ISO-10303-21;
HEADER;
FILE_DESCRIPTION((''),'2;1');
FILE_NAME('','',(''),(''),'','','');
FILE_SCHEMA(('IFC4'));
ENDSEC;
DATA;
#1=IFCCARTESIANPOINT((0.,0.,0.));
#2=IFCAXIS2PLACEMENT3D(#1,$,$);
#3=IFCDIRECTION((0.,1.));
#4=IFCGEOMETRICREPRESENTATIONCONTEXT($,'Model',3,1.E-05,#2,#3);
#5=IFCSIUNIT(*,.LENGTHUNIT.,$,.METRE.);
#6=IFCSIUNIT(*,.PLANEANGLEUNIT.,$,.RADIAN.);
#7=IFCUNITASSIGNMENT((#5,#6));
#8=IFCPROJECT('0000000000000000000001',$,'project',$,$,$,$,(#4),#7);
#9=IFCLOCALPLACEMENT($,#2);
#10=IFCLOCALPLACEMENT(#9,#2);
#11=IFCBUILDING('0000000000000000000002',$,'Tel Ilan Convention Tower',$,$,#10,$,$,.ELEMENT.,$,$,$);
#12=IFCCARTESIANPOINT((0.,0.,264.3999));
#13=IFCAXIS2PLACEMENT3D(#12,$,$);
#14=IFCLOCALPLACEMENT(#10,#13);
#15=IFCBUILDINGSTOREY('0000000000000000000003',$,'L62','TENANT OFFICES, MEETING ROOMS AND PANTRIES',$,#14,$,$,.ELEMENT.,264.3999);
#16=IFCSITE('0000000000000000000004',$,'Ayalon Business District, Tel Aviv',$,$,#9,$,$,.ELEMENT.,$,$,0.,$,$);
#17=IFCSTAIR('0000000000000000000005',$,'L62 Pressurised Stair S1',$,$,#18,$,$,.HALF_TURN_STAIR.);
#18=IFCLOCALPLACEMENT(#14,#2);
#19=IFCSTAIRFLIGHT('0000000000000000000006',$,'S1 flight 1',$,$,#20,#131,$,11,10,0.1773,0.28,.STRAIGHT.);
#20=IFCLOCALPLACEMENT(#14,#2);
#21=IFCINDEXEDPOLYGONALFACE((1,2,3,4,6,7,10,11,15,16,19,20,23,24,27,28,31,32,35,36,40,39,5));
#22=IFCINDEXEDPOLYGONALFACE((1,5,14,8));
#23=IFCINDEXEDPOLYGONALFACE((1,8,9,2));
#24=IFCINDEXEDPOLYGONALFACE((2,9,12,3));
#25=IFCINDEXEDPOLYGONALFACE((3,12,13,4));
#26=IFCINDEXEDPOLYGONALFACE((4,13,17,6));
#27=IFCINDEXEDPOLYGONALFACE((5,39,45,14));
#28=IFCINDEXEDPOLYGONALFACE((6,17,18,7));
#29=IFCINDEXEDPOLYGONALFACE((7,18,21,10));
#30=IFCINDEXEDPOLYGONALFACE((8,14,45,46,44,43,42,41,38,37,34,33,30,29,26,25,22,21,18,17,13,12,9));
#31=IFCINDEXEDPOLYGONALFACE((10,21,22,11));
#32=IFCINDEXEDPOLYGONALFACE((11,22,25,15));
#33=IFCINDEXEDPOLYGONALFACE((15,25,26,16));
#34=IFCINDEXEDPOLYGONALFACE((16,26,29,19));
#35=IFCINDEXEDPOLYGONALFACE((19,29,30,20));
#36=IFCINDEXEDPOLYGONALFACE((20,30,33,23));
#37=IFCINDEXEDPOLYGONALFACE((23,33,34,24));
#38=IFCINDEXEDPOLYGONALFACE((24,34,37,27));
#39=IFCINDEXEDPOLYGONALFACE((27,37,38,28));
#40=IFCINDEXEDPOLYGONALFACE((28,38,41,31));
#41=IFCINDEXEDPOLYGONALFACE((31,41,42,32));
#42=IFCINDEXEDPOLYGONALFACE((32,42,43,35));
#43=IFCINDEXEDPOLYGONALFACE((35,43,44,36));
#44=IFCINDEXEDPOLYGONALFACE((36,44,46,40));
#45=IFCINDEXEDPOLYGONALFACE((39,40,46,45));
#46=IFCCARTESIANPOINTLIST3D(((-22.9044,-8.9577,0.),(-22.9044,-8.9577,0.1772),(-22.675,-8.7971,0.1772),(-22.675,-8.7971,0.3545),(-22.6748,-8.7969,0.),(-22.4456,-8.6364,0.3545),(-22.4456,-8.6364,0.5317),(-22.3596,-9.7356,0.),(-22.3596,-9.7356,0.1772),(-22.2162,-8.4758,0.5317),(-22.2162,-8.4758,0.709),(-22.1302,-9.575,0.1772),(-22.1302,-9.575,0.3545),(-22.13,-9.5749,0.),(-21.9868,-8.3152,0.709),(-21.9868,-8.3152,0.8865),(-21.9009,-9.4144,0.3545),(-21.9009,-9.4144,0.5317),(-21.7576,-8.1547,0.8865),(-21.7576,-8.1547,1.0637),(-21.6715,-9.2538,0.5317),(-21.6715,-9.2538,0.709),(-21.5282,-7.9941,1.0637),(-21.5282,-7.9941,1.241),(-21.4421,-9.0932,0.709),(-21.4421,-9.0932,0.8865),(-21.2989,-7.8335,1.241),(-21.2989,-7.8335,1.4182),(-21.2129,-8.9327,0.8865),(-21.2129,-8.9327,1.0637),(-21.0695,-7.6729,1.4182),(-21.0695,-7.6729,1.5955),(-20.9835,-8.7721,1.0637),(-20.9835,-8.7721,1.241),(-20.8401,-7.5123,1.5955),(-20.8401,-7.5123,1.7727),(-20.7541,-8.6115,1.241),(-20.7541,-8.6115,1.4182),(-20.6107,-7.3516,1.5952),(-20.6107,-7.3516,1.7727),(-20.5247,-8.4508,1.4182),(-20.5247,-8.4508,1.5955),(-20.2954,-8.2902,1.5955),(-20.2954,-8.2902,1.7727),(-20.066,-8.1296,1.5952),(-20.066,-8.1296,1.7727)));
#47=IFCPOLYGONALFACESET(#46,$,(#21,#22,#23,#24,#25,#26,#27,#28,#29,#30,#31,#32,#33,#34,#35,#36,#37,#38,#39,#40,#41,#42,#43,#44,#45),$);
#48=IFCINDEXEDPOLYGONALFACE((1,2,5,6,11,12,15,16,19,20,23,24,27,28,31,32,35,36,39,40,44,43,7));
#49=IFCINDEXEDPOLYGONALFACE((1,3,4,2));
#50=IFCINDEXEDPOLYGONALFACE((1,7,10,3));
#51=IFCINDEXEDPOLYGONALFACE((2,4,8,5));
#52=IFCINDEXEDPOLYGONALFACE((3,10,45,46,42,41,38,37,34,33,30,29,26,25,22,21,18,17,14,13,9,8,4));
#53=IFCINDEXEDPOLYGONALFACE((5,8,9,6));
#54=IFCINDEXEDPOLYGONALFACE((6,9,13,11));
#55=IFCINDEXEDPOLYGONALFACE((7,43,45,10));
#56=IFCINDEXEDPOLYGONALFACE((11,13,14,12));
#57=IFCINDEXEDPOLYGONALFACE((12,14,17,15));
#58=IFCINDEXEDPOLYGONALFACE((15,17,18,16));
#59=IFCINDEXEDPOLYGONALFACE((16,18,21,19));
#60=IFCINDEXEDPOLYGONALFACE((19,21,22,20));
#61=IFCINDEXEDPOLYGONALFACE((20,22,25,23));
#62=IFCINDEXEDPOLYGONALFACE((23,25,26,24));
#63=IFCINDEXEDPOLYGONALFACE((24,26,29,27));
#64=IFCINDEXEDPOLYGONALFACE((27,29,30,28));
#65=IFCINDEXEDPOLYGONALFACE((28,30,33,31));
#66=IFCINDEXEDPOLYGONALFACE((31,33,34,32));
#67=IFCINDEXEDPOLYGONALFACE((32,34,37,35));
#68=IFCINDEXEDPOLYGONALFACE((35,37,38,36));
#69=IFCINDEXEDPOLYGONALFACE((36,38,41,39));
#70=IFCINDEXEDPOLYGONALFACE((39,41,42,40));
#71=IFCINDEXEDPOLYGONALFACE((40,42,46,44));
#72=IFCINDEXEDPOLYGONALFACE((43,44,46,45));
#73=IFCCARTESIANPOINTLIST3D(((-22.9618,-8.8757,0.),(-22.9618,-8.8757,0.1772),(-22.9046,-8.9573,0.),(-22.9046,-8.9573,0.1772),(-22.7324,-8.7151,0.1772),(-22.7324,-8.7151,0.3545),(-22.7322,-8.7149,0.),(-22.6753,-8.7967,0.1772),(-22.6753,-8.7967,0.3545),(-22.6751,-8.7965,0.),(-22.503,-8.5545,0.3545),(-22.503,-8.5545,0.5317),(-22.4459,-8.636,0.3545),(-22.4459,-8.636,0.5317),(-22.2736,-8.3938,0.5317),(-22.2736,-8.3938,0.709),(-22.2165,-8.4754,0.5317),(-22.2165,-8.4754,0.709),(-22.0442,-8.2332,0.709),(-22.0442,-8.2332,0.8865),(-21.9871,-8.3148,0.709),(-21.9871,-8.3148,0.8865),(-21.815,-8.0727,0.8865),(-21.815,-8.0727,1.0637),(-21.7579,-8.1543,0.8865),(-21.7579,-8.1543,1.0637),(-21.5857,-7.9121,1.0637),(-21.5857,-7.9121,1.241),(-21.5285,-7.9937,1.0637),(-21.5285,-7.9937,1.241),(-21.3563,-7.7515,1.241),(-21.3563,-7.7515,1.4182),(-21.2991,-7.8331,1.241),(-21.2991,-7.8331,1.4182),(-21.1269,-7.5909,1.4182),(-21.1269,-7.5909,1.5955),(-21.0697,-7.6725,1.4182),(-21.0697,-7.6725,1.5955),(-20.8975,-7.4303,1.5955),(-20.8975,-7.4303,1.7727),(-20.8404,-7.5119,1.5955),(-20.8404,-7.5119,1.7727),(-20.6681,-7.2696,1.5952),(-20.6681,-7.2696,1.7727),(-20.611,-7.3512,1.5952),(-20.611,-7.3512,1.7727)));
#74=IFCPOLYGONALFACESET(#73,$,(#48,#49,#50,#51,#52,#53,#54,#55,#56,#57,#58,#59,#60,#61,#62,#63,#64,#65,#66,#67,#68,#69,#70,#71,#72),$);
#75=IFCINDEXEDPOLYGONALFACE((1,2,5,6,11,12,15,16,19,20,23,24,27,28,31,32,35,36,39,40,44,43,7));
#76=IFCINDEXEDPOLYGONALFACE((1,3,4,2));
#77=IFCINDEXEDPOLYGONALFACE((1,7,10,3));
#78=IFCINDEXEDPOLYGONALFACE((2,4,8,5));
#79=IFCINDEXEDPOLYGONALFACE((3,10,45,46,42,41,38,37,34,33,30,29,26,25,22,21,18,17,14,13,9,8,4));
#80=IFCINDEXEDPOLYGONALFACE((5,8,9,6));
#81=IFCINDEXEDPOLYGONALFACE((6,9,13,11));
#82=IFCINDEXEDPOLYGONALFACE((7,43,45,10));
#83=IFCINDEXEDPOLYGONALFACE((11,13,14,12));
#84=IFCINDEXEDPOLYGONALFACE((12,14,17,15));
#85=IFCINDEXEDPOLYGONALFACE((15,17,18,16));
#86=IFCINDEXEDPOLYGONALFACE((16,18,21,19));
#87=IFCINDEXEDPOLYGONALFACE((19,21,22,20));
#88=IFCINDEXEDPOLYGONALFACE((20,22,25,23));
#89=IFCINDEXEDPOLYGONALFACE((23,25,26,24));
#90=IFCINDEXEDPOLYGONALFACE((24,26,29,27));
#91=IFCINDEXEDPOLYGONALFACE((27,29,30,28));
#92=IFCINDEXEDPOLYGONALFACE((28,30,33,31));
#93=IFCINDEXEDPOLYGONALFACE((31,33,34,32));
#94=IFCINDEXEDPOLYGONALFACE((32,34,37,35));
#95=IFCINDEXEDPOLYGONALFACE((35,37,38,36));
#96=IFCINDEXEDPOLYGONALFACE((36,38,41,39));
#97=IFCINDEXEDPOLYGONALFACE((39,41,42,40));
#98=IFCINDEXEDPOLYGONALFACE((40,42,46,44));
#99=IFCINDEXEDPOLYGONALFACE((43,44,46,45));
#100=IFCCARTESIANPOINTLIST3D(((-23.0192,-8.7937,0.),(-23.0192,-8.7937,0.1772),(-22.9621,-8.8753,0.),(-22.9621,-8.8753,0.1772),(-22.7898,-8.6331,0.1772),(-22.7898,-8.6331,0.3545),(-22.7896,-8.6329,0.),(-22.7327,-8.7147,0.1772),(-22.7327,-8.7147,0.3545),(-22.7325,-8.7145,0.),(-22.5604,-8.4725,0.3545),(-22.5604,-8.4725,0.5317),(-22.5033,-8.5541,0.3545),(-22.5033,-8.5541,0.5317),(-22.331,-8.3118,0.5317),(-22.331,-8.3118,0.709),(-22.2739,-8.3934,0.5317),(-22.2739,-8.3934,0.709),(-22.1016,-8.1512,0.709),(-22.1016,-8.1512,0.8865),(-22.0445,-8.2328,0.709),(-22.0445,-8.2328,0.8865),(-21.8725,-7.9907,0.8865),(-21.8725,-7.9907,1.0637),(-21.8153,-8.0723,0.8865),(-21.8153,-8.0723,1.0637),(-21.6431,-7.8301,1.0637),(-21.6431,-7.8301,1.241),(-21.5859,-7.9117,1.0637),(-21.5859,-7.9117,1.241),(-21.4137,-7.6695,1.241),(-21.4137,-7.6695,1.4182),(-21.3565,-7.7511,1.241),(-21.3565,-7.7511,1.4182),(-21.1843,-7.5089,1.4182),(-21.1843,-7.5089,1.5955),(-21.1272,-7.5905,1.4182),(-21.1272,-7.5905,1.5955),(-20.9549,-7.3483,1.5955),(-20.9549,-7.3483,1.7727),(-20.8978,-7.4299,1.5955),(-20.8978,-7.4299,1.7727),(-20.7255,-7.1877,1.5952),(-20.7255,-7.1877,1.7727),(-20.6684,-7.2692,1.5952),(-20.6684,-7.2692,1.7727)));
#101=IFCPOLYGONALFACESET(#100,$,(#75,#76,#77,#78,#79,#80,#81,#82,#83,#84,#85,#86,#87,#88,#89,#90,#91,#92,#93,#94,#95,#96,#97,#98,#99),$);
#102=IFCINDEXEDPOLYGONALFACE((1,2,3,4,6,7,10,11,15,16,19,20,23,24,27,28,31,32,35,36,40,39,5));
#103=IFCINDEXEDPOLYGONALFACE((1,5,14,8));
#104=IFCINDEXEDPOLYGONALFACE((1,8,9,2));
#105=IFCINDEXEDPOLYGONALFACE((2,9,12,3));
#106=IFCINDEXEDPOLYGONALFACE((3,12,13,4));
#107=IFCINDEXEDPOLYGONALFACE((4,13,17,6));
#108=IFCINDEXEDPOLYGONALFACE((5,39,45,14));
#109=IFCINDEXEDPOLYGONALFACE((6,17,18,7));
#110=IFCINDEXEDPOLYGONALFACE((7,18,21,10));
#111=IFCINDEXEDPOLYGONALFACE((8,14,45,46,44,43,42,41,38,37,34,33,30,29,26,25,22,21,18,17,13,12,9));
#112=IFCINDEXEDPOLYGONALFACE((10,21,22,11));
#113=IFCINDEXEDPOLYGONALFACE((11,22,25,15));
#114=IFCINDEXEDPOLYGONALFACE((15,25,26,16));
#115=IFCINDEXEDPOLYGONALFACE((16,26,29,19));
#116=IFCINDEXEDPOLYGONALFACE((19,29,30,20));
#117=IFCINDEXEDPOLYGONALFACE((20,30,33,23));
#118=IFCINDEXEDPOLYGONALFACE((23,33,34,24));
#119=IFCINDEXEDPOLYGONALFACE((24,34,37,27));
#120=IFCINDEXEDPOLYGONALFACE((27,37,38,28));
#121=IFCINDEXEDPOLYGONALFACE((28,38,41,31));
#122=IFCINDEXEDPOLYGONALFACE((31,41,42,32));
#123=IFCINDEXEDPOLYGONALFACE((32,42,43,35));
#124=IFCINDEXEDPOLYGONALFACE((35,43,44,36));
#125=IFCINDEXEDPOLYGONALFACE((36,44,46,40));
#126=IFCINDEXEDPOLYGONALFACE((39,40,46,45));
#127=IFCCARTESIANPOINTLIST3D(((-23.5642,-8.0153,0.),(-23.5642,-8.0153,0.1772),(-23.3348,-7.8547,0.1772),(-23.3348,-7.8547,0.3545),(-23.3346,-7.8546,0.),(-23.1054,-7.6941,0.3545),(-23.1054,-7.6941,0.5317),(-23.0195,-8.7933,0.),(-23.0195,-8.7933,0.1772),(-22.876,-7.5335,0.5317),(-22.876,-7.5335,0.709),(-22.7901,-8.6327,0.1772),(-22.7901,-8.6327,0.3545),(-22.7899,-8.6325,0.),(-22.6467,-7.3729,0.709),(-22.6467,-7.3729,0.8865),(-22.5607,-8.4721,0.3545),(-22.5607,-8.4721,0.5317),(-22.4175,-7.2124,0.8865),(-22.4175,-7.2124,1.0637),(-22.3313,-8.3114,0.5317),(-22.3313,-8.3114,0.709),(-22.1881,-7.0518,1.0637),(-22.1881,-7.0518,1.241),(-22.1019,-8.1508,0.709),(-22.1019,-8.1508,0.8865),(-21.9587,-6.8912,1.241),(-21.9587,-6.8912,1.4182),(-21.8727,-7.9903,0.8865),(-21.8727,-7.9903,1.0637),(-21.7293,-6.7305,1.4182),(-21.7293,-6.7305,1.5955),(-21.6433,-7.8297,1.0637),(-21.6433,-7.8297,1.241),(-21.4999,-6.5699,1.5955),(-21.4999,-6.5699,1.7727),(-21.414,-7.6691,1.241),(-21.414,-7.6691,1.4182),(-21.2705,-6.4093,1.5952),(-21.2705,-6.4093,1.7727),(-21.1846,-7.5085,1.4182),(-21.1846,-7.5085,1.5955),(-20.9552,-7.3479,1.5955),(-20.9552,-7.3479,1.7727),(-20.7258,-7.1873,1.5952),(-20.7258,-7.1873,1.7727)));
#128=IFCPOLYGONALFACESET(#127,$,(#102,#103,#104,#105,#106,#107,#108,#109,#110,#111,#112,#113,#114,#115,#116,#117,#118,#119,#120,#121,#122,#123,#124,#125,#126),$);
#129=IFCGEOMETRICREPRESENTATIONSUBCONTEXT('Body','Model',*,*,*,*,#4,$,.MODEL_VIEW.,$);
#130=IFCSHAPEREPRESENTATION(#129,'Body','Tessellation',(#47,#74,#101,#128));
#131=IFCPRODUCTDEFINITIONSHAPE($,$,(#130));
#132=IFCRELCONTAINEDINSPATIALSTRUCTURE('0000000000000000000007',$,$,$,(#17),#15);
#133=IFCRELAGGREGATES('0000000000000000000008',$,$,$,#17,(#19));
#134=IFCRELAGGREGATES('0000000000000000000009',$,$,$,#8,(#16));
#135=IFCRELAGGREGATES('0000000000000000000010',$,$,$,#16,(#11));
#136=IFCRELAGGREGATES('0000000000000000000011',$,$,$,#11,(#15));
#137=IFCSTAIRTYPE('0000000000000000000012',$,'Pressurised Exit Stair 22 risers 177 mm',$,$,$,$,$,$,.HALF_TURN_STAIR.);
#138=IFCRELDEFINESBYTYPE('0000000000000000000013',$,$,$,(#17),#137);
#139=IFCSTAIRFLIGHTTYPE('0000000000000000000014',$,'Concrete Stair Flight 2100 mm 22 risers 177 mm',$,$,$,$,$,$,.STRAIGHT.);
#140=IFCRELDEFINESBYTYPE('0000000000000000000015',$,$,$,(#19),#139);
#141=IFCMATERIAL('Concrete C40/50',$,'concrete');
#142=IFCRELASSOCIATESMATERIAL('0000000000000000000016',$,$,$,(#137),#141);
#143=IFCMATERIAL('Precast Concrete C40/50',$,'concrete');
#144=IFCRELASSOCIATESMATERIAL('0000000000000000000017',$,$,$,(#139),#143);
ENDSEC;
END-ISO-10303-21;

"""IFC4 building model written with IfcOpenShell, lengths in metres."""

from ifc_helpers import new_model, si_unit, direction, frame, origin, place, context, subcontext, project, spatial, polyline, outline, extrude, material, type_object, element, aggregate, save


model = new_model("IFC4")

# Units and contexts
model_context = context("Model", 3, precision=1e-05, world=origin(), true_north=direction((0.0, 1.0)))
body_context = subcontext(model_context, "Body", "Model", "MODEL_VIEW")
ifc_project = project(units=[si_unit("LENGTHUNIT", "METRE"), si_unit("PLANEANGLEUNIT", "RADIAN")], contexts=[model_context])

# Site, building, storey
site_placement = place(None, origin())
site = spatial("IfcSite", under=ifc_project, at=site_placement, Name="Ayalon Business District, Tel Aviv", CompositionType="ELEMENT", RefElevation=0.0)
building_placement = place(site_placement, origin())
building = spatial("IfcBuilding", under=site, at=building_placement, Name="Tel Ilan Convention Tower", CompositionType="ELEMENT")
storey_placement = place(building_placement, frame((0.0, 0.0, 264.3999)))
storey = spatial("IfcBuildingStorey", under=building, at=storey_placement, Name="L62", Description="TENANT OFFICES, MEETING ROOMS AND PANTRIES", CompositionType="ELEMENT", Elevation=264.3999)

# Stair, stair flight
ifc_material_1 = material(Name="Concrete C40/50", Category="concrete")
stair_type = type_object("IfcStairType", Name="Pressurised Exit Stair 22 risers 177 mm", PredefinedType="HALF_TURN_STAIR", material=ifc_material_1)
stair_1_placement = place(storey_placement, origin())
stair_1 = element("IfcStair", 1, at=stair_1_placement, inside=storey, type_object=stair_type, Name="L62 Pressurised Stair S1", PredefinedType="HALF_TURN_STAIR")
ifc_material_2 = material(Name="Precast Concrete C40/50", Category="concrete")
stair_flight_type = type_object("IfcStairFlightType", Name="Concrete Stair Flight 2100 mm 22 risers 177 mm", PredefinedType="STRAIGHT", material=ifc_material_2)
stair_flight_1_placement = place(storey_placement, frame((-22.9619, -8.8755, 0.0), z_axis=(0.0, 0.0, 1.0), x_axis=(0.819152, 0.573576, 0.0)))
stair_flight_1 = element("IfcStairFlight", 2, at=stair_flight_1_placement, type_object=stair_flight_type, Name="S1 flight 1", NumberOfRisers=11, NumberOfTreads=10, PredefinedType="STRAIGHT", RiserHeight=0.1773, TreadLength=0.28, context=body_context, shape_type="SweptSolid", body=[
    extrude(outline(polyline([(0.0, 0.0), (0.0, 0.1772), (0.28, 0.1772), (0.28, 0.3545), (0.5601, 0.3545), (0.5601, 0.5317), (0.8401, 0.5317), (0.8401, 0.709), (1.1201, 0.709), (1.1201, 0.8865), (1.3999, 0.8865), (1.3999, 1.0637), (1.6799, 1.0637), (1.6799, 1.241), (1.96, 1.241), (1.96, 1.4182), (2.24, 1.4182), (2.24, 1.5955), (2.52, 1.5955), (2.52, 1.7727), (2.8, 1.7727), (2.8, 1.95), (2.8, 1.5952), (0.2803, 0.0), (0.0, 0.0)])), frame((0.0, -0.1003, 0.0), z_axis=(0.0, -1.0, 0.0), x_axis=(1.0, 0.0, 0.0)), (0.0, 0.0, 1.0), 0.9497),
    extrude(outline(polyline([(0.0, 0.0), (0.0, 0.1772), (0.28, 0.1772), (0.28, 0.3545), (0.5601, 0.3545), (0.5601, 0.5317), (0.8401, 0.5317), (0.8401, 0.709), (1.1201, 0.709), (1.1201, 0.8865), (1.3999, 0.8865), (1.3999, 1.0637), (1.6799, 1.0637), (1.6799, 1.241), (1.96, 1.241), (1.96, 1.4182), (2.24, 1.4182), (2.24, 1.5955), (2.52, 1.5955), (2.52, 1.7727), (2.8, 1.7727), (2.8, 1.95), (2.8, 1.5952), (0.2803, 0.0), (0.0, 0.0)])), frame((0.0, -0.0002, 0.0), z_axis=(0.0, -1.0, 0.0), x_axis=(1.0, 0.0, 0.0)), (0.0, 0.0, 1.0), 0.0996),
    extrude(outline(polyline([(0.0, 0.0), (0.0, 0.1772), (0.28, 0.1772), (0.28, 0.3545), (0.5601, 0.3545), (0.5601, 0.5317), (0.8401, 0.5317), (0.8401, 0.709), (1.1201, 0.709), (1.1201, 0.8865), (1.3999, 0.8865), (1.3999, 1.0637), (1.6799, 1.0637), (1.6799, 1.241), (1.96, 1.241), (1.96, 1.4182), (2.24, 1.4182), (2.24, 1.5955), (2.52, 1.5955), (2.52, 1.7727), (2.8, 1.7727), (2.8, 1.95), (2.8, 1.5952), (0.2803, 0.0), (0.0, 0.0)])), frame((0.0, 0.0999, 0.0), z_axis=(0.0, -1.0, 0.0), x_axis=(1.0, 0.0, 0.0)), (0.0, 0.0, 1.0), 0.0996),
    extrude(outline(polyline([(0.0, 0.0), (0.0, 0.1772), (0.28, 0.1772), (0.28, 0.3545), (0.5601, 0.3545), (0.5601, 0.5317), (0.8401, 0.5317), (0.8401, 0.709), (1.1201, 0.709), (1.1201, 0.8865), (1.3999, 0.8865), (1.3999, 1.0637), (1.6799, 1.0637), (1.6799, 1.241), (1.96, 1.241), (1.96, 1.4182), (2.24, 1.4182), (2.24, 1.5955), (2.52, 1.5955), (2.52, 1.7727), (2.8, 1.7727), (2.8, 1.95), (2.8, 1.5952), (0.2803, 0.0), (0.0, 0.0)])), frame((0.0, 1.05, 0.0), z_axis=(0.0, -1.0, 0.0), x_axis=(1.0, 0.0, 0.0)), (0.0, 0.0, 1.0), 0.9497),
])
aggregate(stair_1, [stair_flight_1])

save(model, "model.ifc")
